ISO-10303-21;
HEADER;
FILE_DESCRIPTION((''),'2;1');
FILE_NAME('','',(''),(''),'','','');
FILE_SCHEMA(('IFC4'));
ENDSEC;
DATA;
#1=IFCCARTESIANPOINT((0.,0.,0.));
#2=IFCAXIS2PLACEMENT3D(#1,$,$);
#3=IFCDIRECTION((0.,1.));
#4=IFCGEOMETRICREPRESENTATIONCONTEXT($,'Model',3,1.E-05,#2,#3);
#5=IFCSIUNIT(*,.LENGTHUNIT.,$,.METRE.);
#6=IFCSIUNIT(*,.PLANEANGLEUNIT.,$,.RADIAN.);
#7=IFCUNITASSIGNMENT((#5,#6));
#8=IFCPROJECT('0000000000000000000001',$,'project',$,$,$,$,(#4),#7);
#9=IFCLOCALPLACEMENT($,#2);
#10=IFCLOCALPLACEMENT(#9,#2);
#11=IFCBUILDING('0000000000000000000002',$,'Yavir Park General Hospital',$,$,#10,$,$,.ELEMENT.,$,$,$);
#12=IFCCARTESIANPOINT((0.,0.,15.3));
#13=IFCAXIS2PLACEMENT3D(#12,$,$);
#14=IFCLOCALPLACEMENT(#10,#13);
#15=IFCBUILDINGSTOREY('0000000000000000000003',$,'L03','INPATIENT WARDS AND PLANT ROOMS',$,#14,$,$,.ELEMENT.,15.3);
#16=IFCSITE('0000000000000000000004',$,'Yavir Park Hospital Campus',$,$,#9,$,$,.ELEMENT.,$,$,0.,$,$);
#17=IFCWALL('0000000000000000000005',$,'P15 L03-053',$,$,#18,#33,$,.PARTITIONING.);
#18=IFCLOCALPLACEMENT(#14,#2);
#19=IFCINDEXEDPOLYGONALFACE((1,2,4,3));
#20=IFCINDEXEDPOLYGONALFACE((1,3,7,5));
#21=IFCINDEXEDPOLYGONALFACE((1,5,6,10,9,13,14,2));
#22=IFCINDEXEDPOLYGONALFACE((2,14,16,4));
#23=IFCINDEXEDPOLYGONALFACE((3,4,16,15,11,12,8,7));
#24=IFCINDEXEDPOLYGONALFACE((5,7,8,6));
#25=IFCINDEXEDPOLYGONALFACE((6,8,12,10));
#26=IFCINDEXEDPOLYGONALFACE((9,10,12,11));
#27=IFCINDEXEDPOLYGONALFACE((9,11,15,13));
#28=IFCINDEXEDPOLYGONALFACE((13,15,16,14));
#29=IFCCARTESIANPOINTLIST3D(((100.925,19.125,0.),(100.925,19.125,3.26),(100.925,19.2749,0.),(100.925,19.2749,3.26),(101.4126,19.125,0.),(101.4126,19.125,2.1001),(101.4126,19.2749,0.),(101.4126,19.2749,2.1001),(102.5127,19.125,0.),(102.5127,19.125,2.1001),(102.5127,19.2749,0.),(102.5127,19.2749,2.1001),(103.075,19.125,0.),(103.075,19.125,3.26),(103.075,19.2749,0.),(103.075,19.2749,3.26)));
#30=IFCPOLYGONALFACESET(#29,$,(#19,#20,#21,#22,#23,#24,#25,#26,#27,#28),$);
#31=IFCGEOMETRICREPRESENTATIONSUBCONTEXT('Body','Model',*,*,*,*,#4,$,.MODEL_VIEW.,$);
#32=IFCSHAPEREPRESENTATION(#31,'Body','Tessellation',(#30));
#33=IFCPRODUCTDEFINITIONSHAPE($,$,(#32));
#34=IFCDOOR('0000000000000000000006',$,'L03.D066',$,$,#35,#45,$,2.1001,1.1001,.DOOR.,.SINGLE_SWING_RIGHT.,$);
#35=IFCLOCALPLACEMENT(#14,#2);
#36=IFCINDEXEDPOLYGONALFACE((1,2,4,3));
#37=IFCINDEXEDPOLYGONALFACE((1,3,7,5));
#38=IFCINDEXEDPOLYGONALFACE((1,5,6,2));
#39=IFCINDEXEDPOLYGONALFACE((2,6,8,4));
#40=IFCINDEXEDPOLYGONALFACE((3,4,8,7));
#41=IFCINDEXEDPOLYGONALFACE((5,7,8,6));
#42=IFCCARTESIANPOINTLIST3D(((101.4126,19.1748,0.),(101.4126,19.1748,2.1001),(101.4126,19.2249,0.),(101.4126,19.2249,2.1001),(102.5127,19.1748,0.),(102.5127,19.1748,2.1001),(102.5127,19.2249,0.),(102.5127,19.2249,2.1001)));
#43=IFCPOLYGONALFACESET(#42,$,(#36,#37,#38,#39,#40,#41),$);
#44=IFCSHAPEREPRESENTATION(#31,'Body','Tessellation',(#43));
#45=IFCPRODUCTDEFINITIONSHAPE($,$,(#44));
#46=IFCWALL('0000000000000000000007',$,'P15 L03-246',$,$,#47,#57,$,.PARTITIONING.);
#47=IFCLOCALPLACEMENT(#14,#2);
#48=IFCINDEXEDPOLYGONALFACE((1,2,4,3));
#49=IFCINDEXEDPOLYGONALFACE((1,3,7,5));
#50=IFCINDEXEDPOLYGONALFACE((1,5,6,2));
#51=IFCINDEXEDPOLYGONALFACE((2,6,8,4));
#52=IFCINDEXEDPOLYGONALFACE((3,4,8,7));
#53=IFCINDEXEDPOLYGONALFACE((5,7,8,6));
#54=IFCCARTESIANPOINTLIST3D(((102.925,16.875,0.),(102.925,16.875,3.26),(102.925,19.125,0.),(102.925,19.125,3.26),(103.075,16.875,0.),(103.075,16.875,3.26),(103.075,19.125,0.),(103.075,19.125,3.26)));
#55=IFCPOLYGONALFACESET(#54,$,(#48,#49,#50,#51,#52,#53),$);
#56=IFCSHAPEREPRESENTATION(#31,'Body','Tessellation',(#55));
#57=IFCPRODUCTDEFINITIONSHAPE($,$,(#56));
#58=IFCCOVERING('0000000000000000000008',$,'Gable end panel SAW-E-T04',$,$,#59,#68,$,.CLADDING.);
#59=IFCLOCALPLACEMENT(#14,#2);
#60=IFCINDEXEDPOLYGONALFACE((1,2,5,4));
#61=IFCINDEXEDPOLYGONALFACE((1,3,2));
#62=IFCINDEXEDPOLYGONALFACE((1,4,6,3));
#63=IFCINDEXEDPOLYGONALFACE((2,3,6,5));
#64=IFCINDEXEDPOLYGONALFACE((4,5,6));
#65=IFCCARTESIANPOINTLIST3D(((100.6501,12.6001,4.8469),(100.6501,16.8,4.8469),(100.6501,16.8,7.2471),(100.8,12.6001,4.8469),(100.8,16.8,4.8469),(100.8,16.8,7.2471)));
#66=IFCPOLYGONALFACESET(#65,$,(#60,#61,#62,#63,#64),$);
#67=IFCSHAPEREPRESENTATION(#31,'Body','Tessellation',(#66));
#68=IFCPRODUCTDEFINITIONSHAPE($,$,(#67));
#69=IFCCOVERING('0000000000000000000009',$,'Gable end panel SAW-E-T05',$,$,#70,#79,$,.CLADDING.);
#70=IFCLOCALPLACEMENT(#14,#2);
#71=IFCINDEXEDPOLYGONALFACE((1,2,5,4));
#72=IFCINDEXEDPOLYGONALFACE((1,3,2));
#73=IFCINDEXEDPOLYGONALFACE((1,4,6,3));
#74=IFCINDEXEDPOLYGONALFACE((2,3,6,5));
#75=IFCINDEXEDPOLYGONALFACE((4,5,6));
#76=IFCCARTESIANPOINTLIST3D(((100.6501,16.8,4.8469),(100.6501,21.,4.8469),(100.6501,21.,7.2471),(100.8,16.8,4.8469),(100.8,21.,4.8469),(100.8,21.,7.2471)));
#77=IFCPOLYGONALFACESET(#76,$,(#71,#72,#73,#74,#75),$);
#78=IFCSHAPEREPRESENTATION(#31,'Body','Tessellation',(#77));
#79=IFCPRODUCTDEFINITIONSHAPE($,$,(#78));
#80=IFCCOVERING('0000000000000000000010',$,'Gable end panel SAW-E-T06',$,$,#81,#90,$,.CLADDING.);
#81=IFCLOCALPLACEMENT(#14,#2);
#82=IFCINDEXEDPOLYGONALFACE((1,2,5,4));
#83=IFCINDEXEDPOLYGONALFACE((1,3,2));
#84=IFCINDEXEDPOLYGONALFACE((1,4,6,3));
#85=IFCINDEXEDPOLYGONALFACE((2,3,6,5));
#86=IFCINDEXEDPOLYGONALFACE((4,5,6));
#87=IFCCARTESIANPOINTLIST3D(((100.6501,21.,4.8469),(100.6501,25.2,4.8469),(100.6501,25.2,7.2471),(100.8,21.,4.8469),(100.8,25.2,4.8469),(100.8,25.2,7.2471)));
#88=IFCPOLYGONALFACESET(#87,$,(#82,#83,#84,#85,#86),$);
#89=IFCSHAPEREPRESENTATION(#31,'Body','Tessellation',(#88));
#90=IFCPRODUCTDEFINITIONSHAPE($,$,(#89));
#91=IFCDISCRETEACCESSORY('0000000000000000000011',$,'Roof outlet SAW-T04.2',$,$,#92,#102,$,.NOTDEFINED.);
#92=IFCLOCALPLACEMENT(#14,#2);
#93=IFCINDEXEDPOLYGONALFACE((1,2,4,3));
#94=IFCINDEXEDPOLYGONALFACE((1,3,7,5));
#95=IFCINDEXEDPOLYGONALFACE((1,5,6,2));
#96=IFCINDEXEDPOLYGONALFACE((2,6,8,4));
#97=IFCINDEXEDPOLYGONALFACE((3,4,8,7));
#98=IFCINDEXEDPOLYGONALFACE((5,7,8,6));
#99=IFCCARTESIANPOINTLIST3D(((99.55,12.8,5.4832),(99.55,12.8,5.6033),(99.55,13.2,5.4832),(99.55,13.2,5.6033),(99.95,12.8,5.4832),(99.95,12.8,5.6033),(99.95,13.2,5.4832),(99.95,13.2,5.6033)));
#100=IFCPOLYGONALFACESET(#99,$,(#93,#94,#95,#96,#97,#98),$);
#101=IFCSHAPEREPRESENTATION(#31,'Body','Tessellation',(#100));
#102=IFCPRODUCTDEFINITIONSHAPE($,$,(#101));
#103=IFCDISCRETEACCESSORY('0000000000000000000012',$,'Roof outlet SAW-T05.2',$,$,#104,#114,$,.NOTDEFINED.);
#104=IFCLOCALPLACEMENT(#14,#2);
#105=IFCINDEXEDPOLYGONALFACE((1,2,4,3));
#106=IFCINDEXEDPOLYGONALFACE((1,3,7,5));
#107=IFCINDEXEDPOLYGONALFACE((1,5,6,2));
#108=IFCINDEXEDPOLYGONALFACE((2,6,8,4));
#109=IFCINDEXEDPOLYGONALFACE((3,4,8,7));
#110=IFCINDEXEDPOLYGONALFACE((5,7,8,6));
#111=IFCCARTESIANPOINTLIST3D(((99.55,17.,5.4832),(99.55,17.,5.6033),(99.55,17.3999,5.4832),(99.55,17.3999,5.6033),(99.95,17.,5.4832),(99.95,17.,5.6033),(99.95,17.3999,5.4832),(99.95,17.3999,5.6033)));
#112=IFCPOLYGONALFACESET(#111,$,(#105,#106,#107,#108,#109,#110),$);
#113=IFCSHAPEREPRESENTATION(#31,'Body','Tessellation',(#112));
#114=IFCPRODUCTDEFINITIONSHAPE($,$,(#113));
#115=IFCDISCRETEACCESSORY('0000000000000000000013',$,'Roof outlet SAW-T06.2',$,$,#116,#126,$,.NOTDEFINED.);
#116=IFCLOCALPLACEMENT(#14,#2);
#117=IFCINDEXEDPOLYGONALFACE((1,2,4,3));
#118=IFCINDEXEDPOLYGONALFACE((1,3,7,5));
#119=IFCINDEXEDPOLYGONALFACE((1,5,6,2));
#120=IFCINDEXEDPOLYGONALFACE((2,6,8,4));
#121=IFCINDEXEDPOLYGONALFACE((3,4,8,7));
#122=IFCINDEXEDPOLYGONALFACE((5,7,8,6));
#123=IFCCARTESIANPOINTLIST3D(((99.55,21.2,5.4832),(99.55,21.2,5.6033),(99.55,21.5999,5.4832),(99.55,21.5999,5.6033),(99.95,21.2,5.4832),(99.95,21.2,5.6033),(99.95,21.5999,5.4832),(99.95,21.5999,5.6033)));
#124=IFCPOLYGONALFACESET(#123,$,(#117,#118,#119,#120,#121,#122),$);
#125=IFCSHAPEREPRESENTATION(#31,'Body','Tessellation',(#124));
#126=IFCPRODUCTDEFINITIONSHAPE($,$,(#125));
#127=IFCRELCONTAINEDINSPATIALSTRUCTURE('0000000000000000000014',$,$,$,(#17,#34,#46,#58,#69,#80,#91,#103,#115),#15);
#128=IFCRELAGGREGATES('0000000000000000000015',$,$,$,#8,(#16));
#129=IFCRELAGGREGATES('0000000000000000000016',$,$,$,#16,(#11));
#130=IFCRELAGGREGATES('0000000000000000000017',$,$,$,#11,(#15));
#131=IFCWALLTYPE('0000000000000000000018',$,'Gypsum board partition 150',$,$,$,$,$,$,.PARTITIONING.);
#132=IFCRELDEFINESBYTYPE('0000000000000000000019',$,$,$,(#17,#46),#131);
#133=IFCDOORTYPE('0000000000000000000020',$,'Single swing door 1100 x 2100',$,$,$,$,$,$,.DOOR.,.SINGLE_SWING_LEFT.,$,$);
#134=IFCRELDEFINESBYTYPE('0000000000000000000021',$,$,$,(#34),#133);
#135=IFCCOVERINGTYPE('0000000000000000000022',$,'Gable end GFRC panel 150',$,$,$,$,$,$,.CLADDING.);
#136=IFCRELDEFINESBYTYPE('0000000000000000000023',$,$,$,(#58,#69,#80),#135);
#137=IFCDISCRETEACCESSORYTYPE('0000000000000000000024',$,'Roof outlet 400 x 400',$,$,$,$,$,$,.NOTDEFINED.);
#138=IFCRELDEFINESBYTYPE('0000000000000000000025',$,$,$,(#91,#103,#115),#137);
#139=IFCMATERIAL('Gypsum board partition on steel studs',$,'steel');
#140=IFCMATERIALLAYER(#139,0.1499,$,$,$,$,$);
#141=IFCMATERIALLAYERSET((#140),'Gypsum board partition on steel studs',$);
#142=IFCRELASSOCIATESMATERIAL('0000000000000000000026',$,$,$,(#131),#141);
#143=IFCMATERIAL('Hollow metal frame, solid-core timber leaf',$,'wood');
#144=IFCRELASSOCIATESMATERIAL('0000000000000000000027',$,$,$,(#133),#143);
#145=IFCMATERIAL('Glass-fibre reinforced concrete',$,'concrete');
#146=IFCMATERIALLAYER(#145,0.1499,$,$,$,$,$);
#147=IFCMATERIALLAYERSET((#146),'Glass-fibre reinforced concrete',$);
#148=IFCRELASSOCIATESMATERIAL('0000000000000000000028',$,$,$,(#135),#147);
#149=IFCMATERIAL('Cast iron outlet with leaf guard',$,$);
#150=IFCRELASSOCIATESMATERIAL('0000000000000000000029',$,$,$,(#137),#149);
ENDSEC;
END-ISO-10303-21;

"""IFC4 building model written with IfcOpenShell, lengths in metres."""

from ifc_helpers import new_model, si_unit, direction, frame, frame_2d, origin, origin_2d, place, context, subcontext, project, spatial, polyline, rectangle, outline, extrude, material, layer, layer_set, type_object, element, fill, save


model = new_model("IFC4")

# Units and contexts
model_context = context("Model", 3, precision=1e-05, world=origin(), true_north=direction((0.0, 1.0)))
body_context = subcontext(model_context, "Body", "Model", "MODEL_VIEW")
ifc_project = project(units=[si_unit("LENGTHUNIT", "METRE"), si_unit("PLANEANGLEUNIT", "RADIAN")], contexts=[model_context])

# Site, building, storey
site_placement = place(None, origin())
site = spatial("IfcSite", under=ifc_project, at=site_placement, Name="Yavir Park Hospital Campus", CompositionType="ELEMENT", RefElevation=0.0)
building_placement = place(site_placement, origin())
building = spatial("IfcBuilding", under=site, at=building_placement, Name="Yavir Park General Hospital", CompositionType="ELEMENT")
storey_placement = place(building_placement, frame((0.0, 0.0, 15.3)))
storey = spatial("IfcBuildingStorey", under=building, at=storey_placement, Name="L03", Description="INPATIENT WARDS AND PLANT ROOMS", CompositionType="ELEMENT", Elevation=15.3)

# Shared definitions
ifc_material_1 = material(Name="Gypsum board partition on steel studs", Category="steel")
ifc_layer_1 = layer(ifc_material_1, 0.1499)
ifc_layer_set_1 = layer_set([ifc_layer_1], Name="Gypsum board partition on steel studs")
wall_type_1 = type_object("IfcWallType", Name="Gypsum board partition 150", PredefinedType="PARTITIONING", material=ifc_layer_set_1)

# Wall, opening, door
wall_1_placement = place(storey_placement, frame((100.925, 19.2, 0.0), z_axis=(0.0, 0.0, 1.0), x_axis=(1.0, 0.0, 0.0)))
wall_1 = element("IfcWall", 1, at=wall_1_placement, inside=storey, type_object=wall_type_1, Name="P15 L03-053", PredefinedType="PARTITIONING", context=body_context, shape_type="SweptSolid", body=[
    extrude(rectangle(XDim=2.1499, YDim=0.1499, at=frame_2d((1.075, 0.0))), origin(), (0.0, 0.0, 1.0), 3.26),
])
opening_1_placement = place(wall_1_placement, frame((0.4875, 0.0, 0.0)))
opening_1 = element("IfcOpeningElement", 2, at=opening_1_placement, cuts=wall_1, PredefinedType="OPENING", context=body_context, shape_type="SweptSolid", body=[
    extrude(rectangle(XDim=1.1001, YDim=2.1001, at=frame_2d((0.55, 1.05))), frame((0.0, 0.085, 0.0), z_axis=(0.0, -1.0, 0.0), x_axis=(1.0, 0.0, 0.0)), (0.0, 0.0, 1.0), 0.1699),
])
ifc_material_2 = material(Name="Hollow metal frame, solid-core timber leaf", Category="wood")
door_type_1 = type_object("IfcDoorType", Name="Single swing door 1100 x 2100", OperationType="SINGLE_SWING_LEFT", PredefinedType="DOOR", material=ifc_material_2)
door_1_placement = place(opening_1_placement, origin())
door_1 = element("IfcDoor", 3, at=door_1_placement, inside=storey, type_object=door_type_1, Name="L03.D066", OperationType="SINGLE_SWING_RIGHT", OverallHeight=2.1001, OverallWidth=1.1001, PredefinedType="DOOR", context=body_context, shape_type="SweptSolid", body=[
    extrude(rectangle(XDim=1.1001, YDim=2.1001, at=frame_2d((0.55, 1.05))), frame((0.0, 0.0249, 0.0), z_axis=(0.0, -1.0, 0.0), x_axis=(1.0, 0.0, 0.0)), (0.0, 0.0, 1.0), 0.05),
])
fill(opening_1, door_1)

# Wall
wall_2_placement = place(storey_placement, frame((103.0, 16.875, 0.0), z_axis=(0.0, 0.0, 1.0), x_axis=(0.0, 1.0, 0.0)))
element("IfcWall", 4, at=wall_2_placement, inside=storey, type_object=wall_type_1, Name="P15 L03-246", PredefinedType="PARTITIONING", context=body_context, shape_type="SweptSolid", body=[
    extrude(rectangle(XDim=2.25, YDim=0.1499, at=frame_2d((1.125, 0.0))), origin(), (0.0, 0.0, 1.0), 3.26),
])

# Coverings
ifc_material_3 = material(Name="Glass-fibre reinforced concrete", Category="concrete")
ifc_layer_2 = layer(ifc_material_3, 0.1499)
ifc_layer_set_2 = layer_set([ifc_layer_2], Name="Glass-fibre reinforced concrete")
covering_type = type_object("IfcCoveringType", Name="Gable end GFRC panel 150", PredefinedType="CLADDING", material=ifc_layer_set_2)
for number, where, z_axis, x_axis, name in (
    (5, (100.8, 12.6001, 4.8469), (1.0, 0.0, 0.0), (0.0, 1.0, 0.0), "Gable end panel SAW-E-T04"),
    (6, (100.8, 16.8, 4.8469), (1.0, 0.0, 0.0), (0.0, 1.0, 0.0), "Gable end panel SAW-E-T05"),
    (7, (100.8, 21.0, 4.8469), (1.0, 0.0, 0.0), (0.0, 1.0, 0.0), "Gable end panel SAW-E-T06"),
):
    element("IfcCovering", number, at=place(storey_placement, frame(where, z_axis=z_axis, x_axis=x_axis)), inside=storey, type_object=covering_type, Name=name, PredefinedType="CLADDING", context=body_context, shape_type="SweptSolid", body=[
        extrude(outline(polyline([(0.0, 0.0), (4.2, 0.0), (4.2, 2.4001), (0.0, 0.0)])), origin(), (0.0, 0.0, -1.0), 0.1499),
    ])

# Discrete accessories
ifc_material_4 = material(Name="Cast iron outlet with leaf guard")
discrete_accessory_type = type_object("IfcDiscreteAccessoryType", Name="Roof outlet 400 x 400", PredefinedType="NOTDEFINED", material=ifc_material_4)
for number, where, z_axis, x_axis, name in (
    (8, (99.75, 13.0, 5.4832), (0.0, 0.0, 1.0), (1.0, 0.0, 0.0), "Roof outlet SAW-T04.2"),
    (9, (99.75, 17.2, 5.4832), (0.0, 0.0, 1.0), (1.0, 0.0, 0.0), "Roof outlet SAW-T05.2"),
    (10, (99.75, 21.3999, 5.4832), (0.0, 0.0, 1.0), (1.0, 0.0, 0.0), "Roof outlet SAW-T06.2"),
):
    element("IfcDiscreteAccessory", number, at=place(storey_placement, frame(where, z_axis=z_axis, x_axis=x_axis)), inside=storey, type_object=discrete_accessory_type, Name=name, PredefinedType="NOTDEFINED", context=body_context, shape_type="SweptSolid", body=[
        extrude(rectangle(XDim=0.3999, YDim=0.3999, at=origin_2d()), origin(), (0.0, 0.0, 1.0), 0.1201),
    ])

save(model, "model.ifc")
